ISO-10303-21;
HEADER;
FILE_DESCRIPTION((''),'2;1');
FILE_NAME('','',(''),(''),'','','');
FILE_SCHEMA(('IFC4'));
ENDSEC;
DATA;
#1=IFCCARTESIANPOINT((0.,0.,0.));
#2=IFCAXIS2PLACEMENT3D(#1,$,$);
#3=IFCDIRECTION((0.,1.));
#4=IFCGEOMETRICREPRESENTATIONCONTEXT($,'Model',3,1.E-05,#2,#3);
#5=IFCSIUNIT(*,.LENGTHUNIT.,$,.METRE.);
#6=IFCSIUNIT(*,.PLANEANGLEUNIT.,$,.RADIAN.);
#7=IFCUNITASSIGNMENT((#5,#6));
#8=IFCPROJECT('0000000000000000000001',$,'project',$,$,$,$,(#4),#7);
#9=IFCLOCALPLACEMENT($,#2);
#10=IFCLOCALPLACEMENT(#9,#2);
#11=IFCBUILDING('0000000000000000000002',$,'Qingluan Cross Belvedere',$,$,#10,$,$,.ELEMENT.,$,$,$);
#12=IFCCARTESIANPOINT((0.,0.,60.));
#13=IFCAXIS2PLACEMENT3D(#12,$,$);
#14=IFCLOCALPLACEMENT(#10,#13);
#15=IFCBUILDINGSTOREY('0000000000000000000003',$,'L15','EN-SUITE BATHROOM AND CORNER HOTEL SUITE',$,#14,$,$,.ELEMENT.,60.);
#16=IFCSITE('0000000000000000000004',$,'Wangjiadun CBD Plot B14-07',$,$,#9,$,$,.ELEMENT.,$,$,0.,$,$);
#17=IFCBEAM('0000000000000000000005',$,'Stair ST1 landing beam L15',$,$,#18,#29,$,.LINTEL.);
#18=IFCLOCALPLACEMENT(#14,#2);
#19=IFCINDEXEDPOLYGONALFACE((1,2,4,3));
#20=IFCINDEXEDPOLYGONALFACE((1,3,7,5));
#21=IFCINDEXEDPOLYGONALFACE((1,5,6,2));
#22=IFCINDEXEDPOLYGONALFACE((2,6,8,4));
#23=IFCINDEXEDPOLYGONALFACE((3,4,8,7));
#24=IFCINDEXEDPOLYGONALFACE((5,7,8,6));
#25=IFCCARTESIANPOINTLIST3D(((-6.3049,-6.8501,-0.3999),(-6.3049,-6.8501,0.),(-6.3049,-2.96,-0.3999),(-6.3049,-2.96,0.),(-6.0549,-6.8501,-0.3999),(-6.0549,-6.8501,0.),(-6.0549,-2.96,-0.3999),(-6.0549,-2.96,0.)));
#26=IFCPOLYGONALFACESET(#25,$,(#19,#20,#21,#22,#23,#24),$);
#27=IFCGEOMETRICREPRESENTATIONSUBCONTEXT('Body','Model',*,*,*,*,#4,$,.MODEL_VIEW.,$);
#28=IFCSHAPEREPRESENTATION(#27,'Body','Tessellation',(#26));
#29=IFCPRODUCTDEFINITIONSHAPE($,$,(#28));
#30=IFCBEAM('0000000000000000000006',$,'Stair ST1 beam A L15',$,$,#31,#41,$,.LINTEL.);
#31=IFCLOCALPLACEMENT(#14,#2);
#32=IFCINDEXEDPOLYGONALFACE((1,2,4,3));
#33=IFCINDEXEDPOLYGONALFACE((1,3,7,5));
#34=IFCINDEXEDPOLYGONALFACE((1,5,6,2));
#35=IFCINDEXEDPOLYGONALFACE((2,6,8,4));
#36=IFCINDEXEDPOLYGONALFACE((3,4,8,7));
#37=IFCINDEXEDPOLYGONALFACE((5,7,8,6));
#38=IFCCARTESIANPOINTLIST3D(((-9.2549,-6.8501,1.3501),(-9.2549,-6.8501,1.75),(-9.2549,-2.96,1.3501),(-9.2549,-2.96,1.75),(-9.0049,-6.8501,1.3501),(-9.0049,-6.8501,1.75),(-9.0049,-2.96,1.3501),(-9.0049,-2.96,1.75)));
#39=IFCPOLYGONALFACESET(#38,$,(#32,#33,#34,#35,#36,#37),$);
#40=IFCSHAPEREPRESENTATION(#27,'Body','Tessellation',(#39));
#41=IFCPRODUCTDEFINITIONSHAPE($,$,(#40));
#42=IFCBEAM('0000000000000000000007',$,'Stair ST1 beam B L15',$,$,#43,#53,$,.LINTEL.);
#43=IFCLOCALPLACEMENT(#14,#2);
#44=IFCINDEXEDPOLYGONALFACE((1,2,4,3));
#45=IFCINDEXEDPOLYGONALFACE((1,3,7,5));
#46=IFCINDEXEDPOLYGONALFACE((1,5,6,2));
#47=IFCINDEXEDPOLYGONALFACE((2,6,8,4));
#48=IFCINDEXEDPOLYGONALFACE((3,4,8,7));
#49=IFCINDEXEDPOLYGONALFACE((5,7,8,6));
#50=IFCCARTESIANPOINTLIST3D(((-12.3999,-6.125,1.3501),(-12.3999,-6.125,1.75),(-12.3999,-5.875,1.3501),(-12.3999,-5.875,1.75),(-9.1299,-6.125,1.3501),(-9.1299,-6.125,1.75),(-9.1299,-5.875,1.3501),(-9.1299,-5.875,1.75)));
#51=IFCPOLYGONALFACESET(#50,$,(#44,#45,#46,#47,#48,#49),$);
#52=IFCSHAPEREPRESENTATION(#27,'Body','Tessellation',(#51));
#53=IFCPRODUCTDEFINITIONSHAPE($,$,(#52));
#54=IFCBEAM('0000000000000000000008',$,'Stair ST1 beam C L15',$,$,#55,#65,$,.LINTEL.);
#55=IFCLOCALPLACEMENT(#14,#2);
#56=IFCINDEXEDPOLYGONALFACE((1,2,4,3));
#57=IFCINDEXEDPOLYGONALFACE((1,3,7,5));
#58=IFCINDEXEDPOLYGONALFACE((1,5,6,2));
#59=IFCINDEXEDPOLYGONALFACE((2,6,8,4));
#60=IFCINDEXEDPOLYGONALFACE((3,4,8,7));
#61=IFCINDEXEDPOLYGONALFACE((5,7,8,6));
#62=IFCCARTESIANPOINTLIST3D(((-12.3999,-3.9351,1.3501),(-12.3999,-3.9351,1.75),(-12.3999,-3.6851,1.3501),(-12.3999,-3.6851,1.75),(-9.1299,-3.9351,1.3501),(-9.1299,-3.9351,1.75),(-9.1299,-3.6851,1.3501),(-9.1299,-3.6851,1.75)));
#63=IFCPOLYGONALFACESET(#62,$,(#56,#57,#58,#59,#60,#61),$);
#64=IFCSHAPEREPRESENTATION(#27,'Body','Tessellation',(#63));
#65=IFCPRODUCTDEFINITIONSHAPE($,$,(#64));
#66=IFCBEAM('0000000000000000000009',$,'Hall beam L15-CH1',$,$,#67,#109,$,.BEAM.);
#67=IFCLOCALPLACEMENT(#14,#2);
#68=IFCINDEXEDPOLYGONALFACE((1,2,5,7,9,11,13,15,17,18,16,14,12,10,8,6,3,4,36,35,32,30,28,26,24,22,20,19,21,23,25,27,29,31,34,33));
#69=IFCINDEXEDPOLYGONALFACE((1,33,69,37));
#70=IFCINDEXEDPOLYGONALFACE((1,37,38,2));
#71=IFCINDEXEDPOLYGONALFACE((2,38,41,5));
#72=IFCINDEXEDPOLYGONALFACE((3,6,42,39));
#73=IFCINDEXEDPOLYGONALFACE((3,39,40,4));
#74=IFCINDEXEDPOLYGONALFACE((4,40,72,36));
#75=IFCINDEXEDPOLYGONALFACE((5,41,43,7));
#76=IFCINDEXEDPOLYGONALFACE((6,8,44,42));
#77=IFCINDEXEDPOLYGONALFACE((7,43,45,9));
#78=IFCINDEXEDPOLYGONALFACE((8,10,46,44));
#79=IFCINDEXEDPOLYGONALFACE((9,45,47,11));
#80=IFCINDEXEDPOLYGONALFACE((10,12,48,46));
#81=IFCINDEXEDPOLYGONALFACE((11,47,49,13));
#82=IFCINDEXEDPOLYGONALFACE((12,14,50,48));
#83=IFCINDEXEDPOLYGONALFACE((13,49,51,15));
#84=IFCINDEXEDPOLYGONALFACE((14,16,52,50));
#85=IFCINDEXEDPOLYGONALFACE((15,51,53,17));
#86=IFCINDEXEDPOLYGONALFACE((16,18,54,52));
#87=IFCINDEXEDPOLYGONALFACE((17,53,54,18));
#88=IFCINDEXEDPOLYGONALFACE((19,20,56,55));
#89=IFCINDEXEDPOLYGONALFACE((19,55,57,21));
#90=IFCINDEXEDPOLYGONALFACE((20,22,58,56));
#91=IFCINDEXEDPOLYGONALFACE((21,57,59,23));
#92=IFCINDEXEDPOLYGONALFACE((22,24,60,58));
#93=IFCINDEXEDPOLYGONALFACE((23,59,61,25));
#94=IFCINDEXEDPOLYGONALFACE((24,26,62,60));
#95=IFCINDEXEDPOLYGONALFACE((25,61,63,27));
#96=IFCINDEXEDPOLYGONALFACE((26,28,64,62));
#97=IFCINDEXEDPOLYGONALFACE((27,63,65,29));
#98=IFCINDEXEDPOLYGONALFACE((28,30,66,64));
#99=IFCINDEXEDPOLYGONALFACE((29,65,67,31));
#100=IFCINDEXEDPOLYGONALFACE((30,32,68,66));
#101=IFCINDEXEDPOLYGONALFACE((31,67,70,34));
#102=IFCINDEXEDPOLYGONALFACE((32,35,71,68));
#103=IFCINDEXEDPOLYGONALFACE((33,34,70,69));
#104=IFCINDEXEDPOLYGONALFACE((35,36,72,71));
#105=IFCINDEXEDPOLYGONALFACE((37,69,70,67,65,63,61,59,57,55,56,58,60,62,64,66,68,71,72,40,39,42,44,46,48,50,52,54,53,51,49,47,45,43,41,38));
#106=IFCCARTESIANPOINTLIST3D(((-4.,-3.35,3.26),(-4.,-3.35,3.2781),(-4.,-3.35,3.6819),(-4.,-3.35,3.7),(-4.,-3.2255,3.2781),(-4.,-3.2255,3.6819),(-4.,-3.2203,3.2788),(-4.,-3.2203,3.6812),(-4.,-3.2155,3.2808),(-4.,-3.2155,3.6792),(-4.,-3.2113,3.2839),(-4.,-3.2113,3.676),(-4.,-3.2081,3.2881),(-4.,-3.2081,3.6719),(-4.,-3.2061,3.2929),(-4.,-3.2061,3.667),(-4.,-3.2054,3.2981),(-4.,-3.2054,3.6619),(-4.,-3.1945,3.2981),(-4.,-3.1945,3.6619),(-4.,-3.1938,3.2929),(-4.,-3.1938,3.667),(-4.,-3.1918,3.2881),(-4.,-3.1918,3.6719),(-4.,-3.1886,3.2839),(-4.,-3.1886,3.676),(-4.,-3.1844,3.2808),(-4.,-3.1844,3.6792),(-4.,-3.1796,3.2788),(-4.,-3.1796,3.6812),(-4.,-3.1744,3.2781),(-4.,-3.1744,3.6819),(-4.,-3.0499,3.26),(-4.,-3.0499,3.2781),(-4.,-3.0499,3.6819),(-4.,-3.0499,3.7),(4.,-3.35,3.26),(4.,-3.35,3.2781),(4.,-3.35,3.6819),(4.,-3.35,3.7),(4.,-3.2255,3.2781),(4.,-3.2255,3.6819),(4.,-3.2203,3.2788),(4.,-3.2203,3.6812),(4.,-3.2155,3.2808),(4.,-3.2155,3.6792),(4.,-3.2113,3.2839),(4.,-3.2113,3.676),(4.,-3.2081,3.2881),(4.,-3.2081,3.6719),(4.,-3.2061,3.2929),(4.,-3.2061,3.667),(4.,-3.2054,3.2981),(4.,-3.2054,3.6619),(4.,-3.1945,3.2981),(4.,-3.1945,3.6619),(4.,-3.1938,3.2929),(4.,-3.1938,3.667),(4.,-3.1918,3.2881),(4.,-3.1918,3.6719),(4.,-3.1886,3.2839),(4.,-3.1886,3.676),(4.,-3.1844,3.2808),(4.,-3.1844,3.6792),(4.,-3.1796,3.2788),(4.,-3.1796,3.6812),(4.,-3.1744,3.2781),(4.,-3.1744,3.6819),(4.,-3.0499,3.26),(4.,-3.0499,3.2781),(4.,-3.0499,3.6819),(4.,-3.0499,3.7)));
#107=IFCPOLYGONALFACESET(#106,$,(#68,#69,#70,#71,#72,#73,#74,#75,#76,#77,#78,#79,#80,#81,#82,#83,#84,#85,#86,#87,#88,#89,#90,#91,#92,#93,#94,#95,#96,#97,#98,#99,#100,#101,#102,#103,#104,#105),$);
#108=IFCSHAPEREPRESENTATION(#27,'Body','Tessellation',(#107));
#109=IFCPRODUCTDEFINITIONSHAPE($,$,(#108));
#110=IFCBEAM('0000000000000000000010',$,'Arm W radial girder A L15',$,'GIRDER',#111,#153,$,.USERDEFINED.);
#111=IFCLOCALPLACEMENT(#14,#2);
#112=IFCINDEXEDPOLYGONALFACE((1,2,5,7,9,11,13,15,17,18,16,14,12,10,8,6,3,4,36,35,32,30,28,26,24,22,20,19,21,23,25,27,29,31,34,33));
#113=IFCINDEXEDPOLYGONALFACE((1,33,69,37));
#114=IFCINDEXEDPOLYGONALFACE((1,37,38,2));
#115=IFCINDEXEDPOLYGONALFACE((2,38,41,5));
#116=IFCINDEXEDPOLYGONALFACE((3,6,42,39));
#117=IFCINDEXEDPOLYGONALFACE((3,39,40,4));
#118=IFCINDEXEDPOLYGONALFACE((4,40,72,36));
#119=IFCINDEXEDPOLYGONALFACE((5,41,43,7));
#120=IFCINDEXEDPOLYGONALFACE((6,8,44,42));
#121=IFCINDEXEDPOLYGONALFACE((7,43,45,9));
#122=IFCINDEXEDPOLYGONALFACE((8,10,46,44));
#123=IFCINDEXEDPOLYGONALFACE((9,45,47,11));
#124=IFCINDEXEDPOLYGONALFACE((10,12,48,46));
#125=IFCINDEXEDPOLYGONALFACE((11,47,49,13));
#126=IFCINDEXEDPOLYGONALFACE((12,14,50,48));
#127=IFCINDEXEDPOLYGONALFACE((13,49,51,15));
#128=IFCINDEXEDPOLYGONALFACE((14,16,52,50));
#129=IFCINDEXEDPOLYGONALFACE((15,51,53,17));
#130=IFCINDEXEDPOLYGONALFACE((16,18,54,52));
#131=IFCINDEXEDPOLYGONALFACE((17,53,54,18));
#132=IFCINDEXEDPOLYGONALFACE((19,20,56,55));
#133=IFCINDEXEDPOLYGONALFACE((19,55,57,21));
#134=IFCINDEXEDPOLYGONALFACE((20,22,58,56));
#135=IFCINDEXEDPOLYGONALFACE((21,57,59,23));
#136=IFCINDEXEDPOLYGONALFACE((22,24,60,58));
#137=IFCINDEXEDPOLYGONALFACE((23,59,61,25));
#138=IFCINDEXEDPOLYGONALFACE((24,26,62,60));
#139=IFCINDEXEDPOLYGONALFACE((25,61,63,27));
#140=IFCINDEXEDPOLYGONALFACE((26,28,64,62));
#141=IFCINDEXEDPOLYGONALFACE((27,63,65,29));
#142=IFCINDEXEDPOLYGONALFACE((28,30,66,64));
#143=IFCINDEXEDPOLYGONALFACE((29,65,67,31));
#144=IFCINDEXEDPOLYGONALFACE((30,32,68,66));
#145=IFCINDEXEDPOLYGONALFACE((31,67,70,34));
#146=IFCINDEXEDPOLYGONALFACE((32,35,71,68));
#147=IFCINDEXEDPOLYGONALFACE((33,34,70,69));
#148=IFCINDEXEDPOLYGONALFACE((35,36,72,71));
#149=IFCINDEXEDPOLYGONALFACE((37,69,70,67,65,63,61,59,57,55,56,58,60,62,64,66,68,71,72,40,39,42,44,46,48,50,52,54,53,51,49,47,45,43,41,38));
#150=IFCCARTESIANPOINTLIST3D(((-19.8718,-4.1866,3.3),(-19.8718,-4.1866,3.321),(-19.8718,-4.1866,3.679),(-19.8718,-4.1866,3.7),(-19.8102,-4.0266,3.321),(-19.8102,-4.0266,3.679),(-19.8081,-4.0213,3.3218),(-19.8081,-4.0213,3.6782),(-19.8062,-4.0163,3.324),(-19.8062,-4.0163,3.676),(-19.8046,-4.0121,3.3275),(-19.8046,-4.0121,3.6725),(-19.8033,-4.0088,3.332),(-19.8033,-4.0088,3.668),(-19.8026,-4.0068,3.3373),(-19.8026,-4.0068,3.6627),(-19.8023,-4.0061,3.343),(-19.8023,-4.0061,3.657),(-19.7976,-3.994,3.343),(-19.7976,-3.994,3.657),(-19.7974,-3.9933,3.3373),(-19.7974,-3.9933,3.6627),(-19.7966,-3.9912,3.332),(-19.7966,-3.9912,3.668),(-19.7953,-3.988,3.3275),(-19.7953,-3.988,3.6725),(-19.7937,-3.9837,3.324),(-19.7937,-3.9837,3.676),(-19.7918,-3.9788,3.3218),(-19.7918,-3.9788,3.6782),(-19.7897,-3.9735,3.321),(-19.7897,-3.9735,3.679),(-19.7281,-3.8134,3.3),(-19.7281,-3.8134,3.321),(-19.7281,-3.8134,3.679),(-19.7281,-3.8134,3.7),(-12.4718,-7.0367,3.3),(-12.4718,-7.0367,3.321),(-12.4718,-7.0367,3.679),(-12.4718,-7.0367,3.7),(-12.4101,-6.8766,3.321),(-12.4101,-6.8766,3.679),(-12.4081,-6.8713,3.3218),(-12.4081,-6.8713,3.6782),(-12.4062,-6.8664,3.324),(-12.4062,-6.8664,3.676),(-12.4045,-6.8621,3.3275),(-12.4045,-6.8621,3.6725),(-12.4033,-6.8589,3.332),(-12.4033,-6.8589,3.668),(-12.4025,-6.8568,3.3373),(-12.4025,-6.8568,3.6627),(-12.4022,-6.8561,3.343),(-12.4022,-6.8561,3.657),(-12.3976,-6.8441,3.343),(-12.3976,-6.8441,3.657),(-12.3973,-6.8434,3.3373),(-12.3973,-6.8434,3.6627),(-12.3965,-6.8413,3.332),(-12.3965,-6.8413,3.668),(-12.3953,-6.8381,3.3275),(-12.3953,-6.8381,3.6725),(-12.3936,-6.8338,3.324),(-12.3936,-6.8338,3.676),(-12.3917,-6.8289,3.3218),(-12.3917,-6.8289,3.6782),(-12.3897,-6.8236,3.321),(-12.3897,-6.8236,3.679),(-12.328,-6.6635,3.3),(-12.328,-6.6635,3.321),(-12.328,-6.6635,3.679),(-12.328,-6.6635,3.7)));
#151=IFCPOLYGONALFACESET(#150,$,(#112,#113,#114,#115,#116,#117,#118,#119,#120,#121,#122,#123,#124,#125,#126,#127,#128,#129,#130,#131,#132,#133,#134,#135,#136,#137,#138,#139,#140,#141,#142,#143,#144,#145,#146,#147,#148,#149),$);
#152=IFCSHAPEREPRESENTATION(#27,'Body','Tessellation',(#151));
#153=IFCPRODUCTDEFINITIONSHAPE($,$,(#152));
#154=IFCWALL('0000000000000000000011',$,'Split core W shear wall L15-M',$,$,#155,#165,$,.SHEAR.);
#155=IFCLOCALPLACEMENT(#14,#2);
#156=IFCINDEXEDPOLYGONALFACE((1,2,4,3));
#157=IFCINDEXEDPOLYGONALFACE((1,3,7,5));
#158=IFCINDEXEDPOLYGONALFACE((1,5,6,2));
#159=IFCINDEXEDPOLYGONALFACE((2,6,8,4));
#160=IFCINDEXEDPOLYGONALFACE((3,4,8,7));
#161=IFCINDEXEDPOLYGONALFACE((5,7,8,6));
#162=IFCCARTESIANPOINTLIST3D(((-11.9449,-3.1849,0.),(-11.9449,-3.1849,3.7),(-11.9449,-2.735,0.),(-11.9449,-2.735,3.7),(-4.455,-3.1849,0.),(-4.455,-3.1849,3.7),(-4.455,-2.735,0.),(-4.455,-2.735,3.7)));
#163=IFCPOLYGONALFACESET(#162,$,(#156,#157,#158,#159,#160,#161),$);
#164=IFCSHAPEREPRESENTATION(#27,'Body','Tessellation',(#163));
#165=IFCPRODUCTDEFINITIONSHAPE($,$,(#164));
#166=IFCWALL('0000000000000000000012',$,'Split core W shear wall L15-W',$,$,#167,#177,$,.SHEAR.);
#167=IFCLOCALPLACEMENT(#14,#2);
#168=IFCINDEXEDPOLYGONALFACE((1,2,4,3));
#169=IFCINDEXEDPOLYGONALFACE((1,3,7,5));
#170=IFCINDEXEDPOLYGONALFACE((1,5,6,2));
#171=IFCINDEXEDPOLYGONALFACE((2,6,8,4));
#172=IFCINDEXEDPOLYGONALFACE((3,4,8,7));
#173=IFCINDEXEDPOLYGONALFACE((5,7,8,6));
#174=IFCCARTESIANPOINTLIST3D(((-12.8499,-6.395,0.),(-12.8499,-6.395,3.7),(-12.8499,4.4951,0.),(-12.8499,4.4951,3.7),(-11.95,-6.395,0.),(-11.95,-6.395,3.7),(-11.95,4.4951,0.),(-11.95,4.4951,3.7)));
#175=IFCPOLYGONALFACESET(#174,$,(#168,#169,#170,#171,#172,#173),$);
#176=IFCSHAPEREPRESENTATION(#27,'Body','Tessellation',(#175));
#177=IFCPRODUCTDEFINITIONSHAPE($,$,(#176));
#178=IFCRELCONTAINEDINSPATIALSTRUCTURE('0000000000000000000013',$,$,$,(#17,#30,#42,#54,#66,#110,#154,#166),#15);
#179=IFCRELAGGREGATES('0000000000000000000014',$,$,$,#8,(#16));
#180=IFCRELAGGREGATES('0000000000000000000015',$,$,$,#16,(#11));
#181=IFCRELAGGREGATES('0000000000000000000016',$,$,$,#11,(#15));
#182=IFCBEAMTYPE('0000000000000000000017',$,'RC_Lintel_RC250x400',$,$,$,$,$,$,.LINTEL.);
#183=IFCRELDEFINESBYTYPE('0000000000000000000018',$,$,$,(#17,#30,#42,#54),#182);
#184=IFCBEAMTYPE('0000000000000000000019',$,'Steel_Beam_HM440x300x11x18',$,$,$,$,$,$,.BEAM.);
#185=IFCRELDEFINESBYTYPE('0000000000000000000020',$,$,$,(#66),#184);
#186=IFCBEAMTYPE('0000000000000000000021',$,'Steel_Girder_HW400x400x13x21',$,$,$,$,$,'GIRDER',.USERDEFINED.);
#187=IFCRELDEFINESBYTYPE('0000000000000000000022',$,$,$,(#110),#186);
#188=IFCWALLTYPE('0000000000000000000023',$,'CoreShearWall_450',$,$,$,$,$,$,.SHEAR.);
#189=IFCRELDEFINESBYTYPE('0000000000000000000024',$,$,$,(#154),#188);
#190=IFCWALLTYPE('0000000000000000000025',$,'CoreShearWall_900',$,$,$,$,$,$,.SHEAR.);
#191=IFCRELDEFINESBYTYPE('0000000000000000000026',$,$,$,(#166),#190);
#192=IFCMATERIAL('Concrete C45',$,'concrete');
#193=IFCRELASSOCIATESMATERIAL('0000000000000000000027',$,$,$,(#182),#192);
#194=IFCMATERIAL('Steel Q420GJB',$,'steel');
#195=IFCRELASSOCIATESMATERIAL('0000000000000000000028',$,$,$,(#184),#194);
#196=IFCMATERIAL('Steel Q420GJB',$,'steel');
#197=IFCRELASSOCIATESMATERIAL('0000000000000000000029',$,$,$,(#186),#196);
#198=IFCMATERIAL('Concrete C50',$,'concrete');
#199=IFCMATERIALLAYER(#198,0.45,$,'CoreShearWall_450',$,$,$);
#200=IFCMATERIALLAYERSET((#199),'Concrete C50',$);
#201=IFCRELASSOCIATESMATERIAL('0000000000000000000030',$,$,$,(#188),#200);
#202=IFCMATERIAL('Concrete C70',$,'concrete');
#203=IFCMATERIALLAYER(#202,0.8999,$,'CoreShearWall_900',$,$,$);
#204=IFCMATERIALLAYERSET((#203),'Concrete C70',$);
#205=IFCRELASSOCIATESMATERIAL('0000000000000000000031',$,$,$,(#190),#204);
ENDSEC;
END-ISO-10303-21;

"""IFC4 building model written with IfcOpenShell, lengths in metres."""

from ifc_helpers import new_model, si_unit, direction, frame, frame_2d, origin, origin_2d, place, context, subcontext, project, spatial, rectangle, i_section, extrude, material, layer, layer_set, material_profile, profile_set, type_object, element, save


model = new_model("IFC4")

# Units and contexts
model_context = context("Model", 3, precision=1e-05, world=origin(), true_north=direction((0.0, 1.0)))
body_context = subcontext(model_context, "Body", "Model", "MODEL_VIEW")
ifc_project = project(units=[si_unit("LENGTHUNIT", "METRE"), si_unit("PLANEANGLEUNIT", "RADIAN")], contexts=[model_context])

# Site, building, storey
site_placement = place(None, origin())
site = spatial("IfcSite", under=ifc_project, at=site_placement, Name="Wangjiadun CBD Plot B14-07", CompositionType="ELEMENT", RefElevation=0.0)
building_placement = place(site_placement, origin())
building = spatial("IfcBuilding", under=site, at=building_placement, Name="Qingluan Cross Belvedere", CompositionType="ELEMENT")
storey_placement = place(building_placement, frame((0.0, 0.0, 60.0)))
storey = spatial("IfcBuildingStorey", under=building, at=storey_placement, Name="L15", Description="EN-SUITE BATHROOM AND CORNER HOTEL SUITE", CompositionType="ELEMENT", Elevation=60.0)

# Beams
ifc_material_1 = material(Name="Concrete C45", Category="concrete")
ifc_material_profile_1 = material_profile(ifc_material_1, rectangle(XDim=0.25, YDim=0.3999, at=origin_2d()), Name="RC250x400")
ifc_profile_set_1 = profile_set([ifc_material_profile_1], Name="Concrete C45")
beam_type_1 = type_object("IfcBeamType", Name="RC_Lintel_RC250x400", PredefinedType="LINTEL", material=ifc_profile_set_1)
for number, where, z_axis, x_axis, name in (
    (1, (-6.1799, -6.8501, -0.2), (0.0, 1.0, 0.0), (-1.0, 0.0, 0.0), "Stair ST1 landing beam L15"),
    (2, (-9.1299, -6.8501, 1.55), (0.0, 1.0, 0.0), (-1.0, 0.0, 0.0), "Stair ST1 beam A L15"),
):
    element("IfcBeam", number, at=place(storey_placement, frame(where, z_axis=z_axis, x_axis=x_axis)), inside=storey, type_object=beam_type_1, Name=name, PredefinedType="LINTEL", context=body_context, shape_type="SweptSolid", body=[
        extrude(rectangle(XDim=0.25, YDim=0.3999, at=origin_2d()), origin(), (0.0, 0.0, 1.0), 3.8901),
    ])
for number, where, z_axis, x_axis, name in (
    (3, (-12.3999, -6.0, 1.55), (1.0, 0.0, 0.0), (0.0, 1.0, 0.0), "Stair ST1 beam B L15"),
    (4, (-12.3999, -3.8101, 1.55), (1.0, 0.0, 0.0), (0.0, 1.0, 0.0), "Stair ST1 beam C L15"),
):
    element("IfcBeam", number, at=place(storey_placement, frame(where, z_axis=z_axis, x_axis=x_axis)), inside=storey, type_object=beam_type_1, Name=name, PredefinedType="LINTEL", context=body_context, shape_type="SweptSolid", body=[
        extrude(rectangle(XDim=0.25, YDim=0.3999, at=origin_2d()), origin(), (0.0, 0.0, 1.0), 3.27),
    ])
ifc_material_2 = material(Name="Steel Q420GJB", Category="steel")
ifc_material_profile_2 = material_profile(ifc_material_2, i_section(OverallWidth=0.3, OverallDepth=0.4399, WebThickness=0.011, FlangeThickness=0.0181, FilletRadius=0.02, at=origin_2d()), Name="HM440x300x11x18")
ifc_profile_set_2 = profile_set([ifc_material_profile_2], Name="Steel Q420GJB")
beam_type_2 = type_object("IfcBeamType", Name="Steel_Beam_HM440x300x11x18", PredefinedType="BEAM", material=ifc_profile_set_2)
beam_1_placement = place(storey_placement, frame((-4.0, -3.2, 3.48), z_axis=(1.0, 0.0, 0.0), x_axis=(0.0, 1.0, 0.0)))
element("IfcBeam", 5, at=beam_1_placement, inside=storey, type_object=beam_type_2, Name="Hall beam L15-CH1", PredefinedType="BEAM", context=body_context, shape_type="SweptSolid", body=[
    extrude(i_section(OverallWidth=0.3, OverallDepth=0.4399, WebThickness=0.011, FlangeThickness=0.0181, FilletRadius=0.02, at=origin_2d()), origin(), (0.0, 0.0, 1.0), 8.0),
])
ifc_material_3 = material(Name="Steel Q420GJB", Category="steel")
ifc_material_profile_3 = material_profile(ifc_material_3, i_section(OverallWidth=0.3999, OverallDepth=0.3999, WebThickness=0.0129, FlangeThickness=0.021, FilletRadius=0.022, at=origin_2d()), Name="HW400x400x13x21")
ifc_profile_set_3 = profile_set([ifc_material_profile_3], Name="Steel Q420GJB")
beam_type_3 = type_object("IfcBeamType", Name="Steel_Girder_HW400x400x13x21", ElementType="GIRDER", PredefinedType="USERDEFINED", material=ifc_profile_set_3)
beam_2_placement = place(storey_placement, frame((-12.3999, -6.8501, 3.5), z_axis=(-0.933181, 0.359406, 0.0), x_axis=(-0.359406, -0.933181, 0.0)))
element("IfcBeam", 6, at=beam_2_placement, inside=storey, type_object=beam_type_3, Name="Arm W radial girder A L15", ObjectType="GIRDER", PredefinedType="USERDEFINED", context=body_context, shape_type="SweptSolid", body=[
    extrude(i_section(OverallWidth=0.3999, OverallDepth=0.3999, WebThickness=0.0129, FlangeThickness=0.021, FilletRadius=0.022, at=origin_2d()), origin(), (0.0, 0.0, 1.0), 7.9299),
])

# Walls
ifc_material_4 = material(Name="Concrete C50", Category="concrete")
ifc_layer_1 = layer(ifc_material_4, 0.45, Name="CoreShearWall_450")
ifc_layer_set_1 = layer_set([ifc_layer_1], Name="Concrete C50")
wall_type_1 = type_object("IfcWallType", Name="CoreShearWall_450", PredefinedType="SHEAR", material=ifc_layer_set_1)
wall_1_placement = place(storey_placement, frame((-11.9451, -2.96, 0.0), z_axis=(0.0, 0.0, 1.0), x_axis=(1.0, 0.0, 0.0)))
element("IfcWall", 7, at=wall_1_placement, inside=storey, type_object=wall_type_1, Name="Split core W shear wall L15-M", PredefinedType="SHEAR", context=body_context, shape_type="SweptSolid", body=[
    extrude(rectangle(XDim=7.49, YDim=0.45, at=frame_2d((3.7451, 0.0))), origin(), (0.0, 0.0, 1.0), 3.7),
])
ifc_material_5 = material(Name="Concrete C70", Category="concrete")
ifc_layer_2 = layer(ifc_material_5, 0.8999, Name="CoreShearWall_900")
ifc_layer_set_2 = layer_set([ifc_layer_2], Name="Concrete C70")
wall_type_2 = type_object("IfcWallType", Name="CoreShearWall_900", PredefinedType="SHEAR", material=ifc_layer_set_2)
wall_2_placement = place(storey_placement, frame((-12.3999, -6.395, 0.0), z_axis=(0.0, 0.0, 1.0), x_axis=(0.0, 1.0, 0.0)))
element("IfcWall", 8, at=wall_2_placement, inside=storey, type_object=wall_type_2, Name="Split core W shear wall L15-W", PredefinedType="SHEAR", context=body_context, shape_type="SweptSolid", body=[
    extrude(rectangle(XDim=10.8901, YDim=0.8999, at=frame_2d((5.4451, 0.0))), origin(), (0.0, 0.0, 1.0), 3.7),
])

save(model, "model.ifc")
